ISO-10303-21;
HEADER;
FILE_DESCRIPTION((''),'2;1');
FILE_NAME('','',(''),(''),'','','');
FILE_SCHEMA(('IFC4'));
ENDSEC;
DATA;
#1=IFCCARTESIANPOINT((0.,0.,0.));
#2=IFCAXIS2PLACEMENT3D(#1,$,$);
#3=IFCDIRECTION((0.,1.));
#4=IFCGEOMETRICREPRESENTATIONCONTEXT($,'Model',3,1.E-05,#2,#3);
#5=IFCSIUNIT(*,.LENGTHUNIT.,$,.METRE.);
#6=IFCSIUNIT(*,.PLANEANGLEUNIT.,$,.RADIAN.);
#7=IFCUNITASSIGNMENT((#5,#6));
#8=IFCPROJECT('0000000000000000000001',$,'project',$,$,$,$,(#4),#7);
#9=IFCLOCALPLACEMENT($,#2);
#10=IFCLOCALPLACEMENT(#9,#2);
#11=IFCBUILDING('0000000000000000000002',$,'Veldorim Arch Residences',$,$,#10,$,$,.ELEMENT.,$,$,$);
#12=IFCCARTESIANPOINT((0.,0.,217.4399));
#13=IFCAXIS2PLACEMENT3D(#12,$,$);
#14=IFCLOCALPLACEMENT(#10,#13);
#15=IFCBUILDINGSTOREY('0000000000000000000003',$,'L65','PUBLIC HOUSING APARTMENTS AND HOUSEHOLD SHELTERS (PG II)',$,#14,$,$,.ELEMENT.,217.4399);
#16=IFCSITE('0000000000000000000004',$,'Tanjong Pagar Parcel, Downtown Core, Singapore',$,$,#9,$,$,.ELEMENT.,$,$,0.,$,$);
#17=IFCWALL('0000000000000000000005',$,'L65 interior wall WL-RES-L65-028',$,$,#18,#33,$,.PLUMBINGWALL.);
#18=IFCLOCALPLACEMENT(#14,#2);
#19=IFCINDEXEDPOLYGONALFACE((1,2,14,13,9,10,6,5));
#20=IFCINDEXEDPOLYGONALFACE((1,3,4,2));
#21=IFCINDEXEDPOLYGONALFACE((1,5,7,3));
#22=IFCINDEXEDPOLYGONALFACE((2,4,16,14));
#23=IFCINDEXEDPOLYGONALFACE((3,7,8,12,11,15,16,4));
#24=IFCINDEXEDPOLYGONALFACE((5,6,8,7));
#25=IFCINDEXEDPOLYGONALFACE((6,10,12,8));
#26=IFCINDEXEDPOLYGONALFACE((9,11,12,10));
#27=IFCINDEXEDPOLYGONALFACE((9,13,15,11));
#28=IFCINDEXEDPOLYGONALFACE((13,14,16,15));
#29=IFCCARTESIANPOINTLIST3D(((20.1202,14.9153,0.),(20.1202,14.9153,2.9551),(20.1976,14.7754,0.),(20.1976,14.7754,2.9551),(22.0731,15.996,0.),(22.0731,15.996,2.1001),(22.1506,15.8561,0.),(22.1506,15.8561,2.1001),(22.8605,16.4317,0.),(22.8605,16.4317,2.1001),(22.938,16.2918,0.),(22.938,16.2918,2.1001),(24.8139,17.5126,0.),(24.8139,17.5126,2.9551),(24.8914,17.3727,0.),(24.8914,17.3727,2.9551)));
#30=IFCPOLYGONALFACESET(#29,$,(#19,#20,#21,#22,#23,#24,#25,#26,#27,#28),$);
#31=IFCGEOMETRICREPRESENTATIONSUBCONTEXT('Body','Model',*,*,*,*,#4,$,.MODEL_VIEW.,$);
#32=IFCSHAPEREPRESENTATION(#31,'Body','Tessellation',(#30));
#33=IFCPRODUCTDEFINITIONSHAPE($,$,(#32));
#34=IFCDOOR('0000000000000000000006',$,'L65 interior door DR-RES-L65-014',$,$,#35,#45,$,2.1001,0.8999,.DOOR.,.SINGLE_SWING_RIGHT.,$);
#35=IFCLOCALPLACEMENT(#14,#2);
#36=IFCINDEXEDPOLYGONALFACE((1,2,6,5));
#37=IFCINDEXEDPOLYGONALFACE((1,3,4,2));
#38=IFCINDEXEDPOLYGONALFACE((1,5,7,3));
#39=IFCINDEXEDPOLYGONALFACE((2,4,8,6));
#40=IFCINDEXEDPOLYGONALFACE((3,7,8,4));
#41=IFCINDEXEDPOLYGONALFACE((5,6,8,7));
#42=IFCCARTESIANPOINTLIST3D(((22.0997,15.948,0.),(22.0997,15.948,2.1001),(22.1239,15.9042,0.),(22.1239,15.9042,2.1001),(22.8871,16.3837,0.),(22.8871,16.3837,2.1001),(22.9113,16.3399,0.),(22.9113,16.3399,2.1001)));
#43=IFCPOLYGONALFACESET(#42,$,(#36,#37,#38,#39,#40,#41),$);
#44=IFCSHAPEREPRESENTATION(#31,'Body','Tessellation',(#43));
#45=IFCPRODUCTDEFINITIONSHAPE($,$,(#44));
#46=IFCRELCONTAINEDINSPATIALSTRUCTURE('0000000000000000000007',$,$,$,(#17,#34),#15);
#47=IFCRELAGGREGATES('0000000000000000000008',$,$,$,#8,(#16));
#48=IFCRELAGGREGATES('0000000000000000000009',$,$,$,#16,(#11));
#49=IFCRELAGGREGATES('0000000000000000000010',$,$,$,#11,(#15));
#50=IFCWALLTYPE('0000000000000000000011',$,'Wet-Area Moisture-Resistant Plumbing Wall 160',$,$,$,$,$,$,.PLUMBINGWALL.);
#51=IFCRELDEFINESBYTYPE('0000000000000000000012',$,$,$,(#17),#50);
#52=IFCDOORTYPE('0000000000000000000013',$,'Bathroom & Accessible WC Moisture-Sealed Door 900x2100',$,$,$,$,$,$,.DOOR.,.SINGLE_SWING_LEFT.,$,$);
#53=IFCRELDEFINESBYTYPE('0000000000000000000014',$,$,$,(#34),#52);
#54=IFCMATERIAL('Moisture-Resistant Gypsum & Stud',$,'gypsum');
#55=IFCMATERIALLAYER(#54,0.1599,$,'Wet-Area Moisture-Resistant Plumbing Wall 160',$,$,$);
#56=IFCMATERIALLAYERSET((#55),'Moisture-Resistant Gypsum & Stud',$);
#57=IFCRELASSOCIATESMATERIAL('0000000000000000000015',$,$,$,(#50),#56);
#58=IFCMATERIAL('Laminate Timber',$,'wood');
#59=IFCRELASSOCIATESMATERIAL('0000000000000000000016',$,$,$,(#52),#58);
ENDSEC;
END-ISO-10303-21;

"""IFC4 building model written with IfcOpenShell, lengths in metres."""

from ifc_helpers import new_model, si_unit, direction, frame, frame_2d, origin, place, context, subcontext, project, spatial, rectangle, extrude, material, layer, layer_set, type_object, element, fill, save


model = new_model("IFC4")

# Units and contexts
model_context = context("Model", 3, precision=1e-05, world=origin(), true_north=direction((0.0, 1.0)))
body_context = subcontext(model_context, "Body", "Model", "MODEL_VIEW")
ifc_project = project(units=[si_unit("LENGTHUNIT", "METRE"), si_unit("PLANEANGLEUNIT", "RADIAN")], contexts=[model_context])

# Site, building, storey
site_placement = place(None, origin())
site = spatial("IfcSite", under=ifc_project, at=site_placement, Name="Tanjong Pagar Parcel, Downtown Core, Singapore", CompositionType="ELEMENT", RefElevation=0.0)
building_placement = place(site_placement, origin())
building = spatial("IfcBuilding", under=site, at=building_placement, Name="Veldorim Arch Residences", CompositionType="ELEMENT")
storey_placement = place(building_placement, frame((0.0, 0.0, 217.4399)))
storey = spatial("IfcBuildingStorey", under=building, at=storey_placement, Name="L65", Description="PUBLIC HOUSING APARTMENTS AND HOUSEHOLD SHELTERS (PG II)", CompositionType="ELEMENT", Elevation=217.4399)

# Shared definitions
ifc_material_1 = material(Name="Moisture-Resistant Gypsum & Stud", Category="gypsum")
ifc_layer_1 = layer(ifc_material_1, 0.1599, Name="Wet-Area Moisture-Resistant Plumbing Wall 160")
ifc_layer_set_1 = layer_set([ifc_layer_1], Name="Moisture-Resistant Gypsum & Stud")
wall_type_1 = type_object("IfcWallType", Name="Wet-Area Moisture-Resistant Plumbing Wall 160", PredefinedType="PLUMBINGWALL", material=ifc_layer_set_1)

# Wall, opening, door
wall_1_placement = place(storey_placement, frame((24.8525, 17.4426, 0.0), z_axis=(0.0, 0.0, 1.0), x_axis=(-0.87497, -0.484178, 0.0)))
wall_1 = element("IfcWall", 1, at=wall_1_placement, inside=storey, type_object=wall_type_1, Name="L65 interior wall WL-RES-L65-028", PredefinedType="PLUMBINGWALL", context=body_context, shape_type="SweptSolid", body=[
    extrude(rectangle(XDim=5.3645, YDim=0.1599, at=frame_2d((2.6821, 0.0))), origin(), (0.0, 0.0, 1.0), 2.9551),
])
opening_1_placement = place(wall_1_placement, frame((2.2324, 0.0, 0.0)))
opening_1 = element("IfcOpeningElement", 2, at=opening_1_placement, cuts=wall_1, PredefinedType="OPENING", context=body_context, shape_type="SweptSolid", body=[
    extrude(rectangle(XDim=0.8999, YDim=2.1001, at=frame_2d((0.45, 1.05))), frame((0.0, 0.0898, 0.0), z_axis=(0.0, -1.0, 0.0), x_axis=(1.0, 0.0, 0.0)), (0.0, 0.0, 1.0), 0.1799),
])
ifc_material_2 = material(Name="Laminate Timber", Category="wood")
door_type_1 = type_object("IfcDoorType", Name="Bathroom & Accessible WC Moisture-Sealed Door 900x2100", OperationType="SINGLE_SWING_LEFT", PredefinedType="DOOR", material=ifc_material_2)
door_1_placement = place(opening_1_placement, origin())
door_1 = element("IfcDoor", 3, at=door_1_placement, inside=storey, type_object=door_type_1, Name="L65 interior door DR-RES-L65-014", OperationType="SINGLE_SWING_RIGHT", OverallHeight=2.1001, OverallWidth=0.8999, PredefinedType="DOOR", context=body_context, shape_type="SweptSolid", body=[
    extrude(rectangle(XDim=0.8999, YDim=2.1001, at=frame_2d((0.45, 1.05))), frame((0.0, 0.0249, 0.0), z_axis=(0.0, -1.0, 0.0), x_axis=(1.0, 0.0, 0.0)), (0.0, 0.0, 1.0), 0.05),
])
fill(opening_1, door_1)

save(model, "model.ifc")
